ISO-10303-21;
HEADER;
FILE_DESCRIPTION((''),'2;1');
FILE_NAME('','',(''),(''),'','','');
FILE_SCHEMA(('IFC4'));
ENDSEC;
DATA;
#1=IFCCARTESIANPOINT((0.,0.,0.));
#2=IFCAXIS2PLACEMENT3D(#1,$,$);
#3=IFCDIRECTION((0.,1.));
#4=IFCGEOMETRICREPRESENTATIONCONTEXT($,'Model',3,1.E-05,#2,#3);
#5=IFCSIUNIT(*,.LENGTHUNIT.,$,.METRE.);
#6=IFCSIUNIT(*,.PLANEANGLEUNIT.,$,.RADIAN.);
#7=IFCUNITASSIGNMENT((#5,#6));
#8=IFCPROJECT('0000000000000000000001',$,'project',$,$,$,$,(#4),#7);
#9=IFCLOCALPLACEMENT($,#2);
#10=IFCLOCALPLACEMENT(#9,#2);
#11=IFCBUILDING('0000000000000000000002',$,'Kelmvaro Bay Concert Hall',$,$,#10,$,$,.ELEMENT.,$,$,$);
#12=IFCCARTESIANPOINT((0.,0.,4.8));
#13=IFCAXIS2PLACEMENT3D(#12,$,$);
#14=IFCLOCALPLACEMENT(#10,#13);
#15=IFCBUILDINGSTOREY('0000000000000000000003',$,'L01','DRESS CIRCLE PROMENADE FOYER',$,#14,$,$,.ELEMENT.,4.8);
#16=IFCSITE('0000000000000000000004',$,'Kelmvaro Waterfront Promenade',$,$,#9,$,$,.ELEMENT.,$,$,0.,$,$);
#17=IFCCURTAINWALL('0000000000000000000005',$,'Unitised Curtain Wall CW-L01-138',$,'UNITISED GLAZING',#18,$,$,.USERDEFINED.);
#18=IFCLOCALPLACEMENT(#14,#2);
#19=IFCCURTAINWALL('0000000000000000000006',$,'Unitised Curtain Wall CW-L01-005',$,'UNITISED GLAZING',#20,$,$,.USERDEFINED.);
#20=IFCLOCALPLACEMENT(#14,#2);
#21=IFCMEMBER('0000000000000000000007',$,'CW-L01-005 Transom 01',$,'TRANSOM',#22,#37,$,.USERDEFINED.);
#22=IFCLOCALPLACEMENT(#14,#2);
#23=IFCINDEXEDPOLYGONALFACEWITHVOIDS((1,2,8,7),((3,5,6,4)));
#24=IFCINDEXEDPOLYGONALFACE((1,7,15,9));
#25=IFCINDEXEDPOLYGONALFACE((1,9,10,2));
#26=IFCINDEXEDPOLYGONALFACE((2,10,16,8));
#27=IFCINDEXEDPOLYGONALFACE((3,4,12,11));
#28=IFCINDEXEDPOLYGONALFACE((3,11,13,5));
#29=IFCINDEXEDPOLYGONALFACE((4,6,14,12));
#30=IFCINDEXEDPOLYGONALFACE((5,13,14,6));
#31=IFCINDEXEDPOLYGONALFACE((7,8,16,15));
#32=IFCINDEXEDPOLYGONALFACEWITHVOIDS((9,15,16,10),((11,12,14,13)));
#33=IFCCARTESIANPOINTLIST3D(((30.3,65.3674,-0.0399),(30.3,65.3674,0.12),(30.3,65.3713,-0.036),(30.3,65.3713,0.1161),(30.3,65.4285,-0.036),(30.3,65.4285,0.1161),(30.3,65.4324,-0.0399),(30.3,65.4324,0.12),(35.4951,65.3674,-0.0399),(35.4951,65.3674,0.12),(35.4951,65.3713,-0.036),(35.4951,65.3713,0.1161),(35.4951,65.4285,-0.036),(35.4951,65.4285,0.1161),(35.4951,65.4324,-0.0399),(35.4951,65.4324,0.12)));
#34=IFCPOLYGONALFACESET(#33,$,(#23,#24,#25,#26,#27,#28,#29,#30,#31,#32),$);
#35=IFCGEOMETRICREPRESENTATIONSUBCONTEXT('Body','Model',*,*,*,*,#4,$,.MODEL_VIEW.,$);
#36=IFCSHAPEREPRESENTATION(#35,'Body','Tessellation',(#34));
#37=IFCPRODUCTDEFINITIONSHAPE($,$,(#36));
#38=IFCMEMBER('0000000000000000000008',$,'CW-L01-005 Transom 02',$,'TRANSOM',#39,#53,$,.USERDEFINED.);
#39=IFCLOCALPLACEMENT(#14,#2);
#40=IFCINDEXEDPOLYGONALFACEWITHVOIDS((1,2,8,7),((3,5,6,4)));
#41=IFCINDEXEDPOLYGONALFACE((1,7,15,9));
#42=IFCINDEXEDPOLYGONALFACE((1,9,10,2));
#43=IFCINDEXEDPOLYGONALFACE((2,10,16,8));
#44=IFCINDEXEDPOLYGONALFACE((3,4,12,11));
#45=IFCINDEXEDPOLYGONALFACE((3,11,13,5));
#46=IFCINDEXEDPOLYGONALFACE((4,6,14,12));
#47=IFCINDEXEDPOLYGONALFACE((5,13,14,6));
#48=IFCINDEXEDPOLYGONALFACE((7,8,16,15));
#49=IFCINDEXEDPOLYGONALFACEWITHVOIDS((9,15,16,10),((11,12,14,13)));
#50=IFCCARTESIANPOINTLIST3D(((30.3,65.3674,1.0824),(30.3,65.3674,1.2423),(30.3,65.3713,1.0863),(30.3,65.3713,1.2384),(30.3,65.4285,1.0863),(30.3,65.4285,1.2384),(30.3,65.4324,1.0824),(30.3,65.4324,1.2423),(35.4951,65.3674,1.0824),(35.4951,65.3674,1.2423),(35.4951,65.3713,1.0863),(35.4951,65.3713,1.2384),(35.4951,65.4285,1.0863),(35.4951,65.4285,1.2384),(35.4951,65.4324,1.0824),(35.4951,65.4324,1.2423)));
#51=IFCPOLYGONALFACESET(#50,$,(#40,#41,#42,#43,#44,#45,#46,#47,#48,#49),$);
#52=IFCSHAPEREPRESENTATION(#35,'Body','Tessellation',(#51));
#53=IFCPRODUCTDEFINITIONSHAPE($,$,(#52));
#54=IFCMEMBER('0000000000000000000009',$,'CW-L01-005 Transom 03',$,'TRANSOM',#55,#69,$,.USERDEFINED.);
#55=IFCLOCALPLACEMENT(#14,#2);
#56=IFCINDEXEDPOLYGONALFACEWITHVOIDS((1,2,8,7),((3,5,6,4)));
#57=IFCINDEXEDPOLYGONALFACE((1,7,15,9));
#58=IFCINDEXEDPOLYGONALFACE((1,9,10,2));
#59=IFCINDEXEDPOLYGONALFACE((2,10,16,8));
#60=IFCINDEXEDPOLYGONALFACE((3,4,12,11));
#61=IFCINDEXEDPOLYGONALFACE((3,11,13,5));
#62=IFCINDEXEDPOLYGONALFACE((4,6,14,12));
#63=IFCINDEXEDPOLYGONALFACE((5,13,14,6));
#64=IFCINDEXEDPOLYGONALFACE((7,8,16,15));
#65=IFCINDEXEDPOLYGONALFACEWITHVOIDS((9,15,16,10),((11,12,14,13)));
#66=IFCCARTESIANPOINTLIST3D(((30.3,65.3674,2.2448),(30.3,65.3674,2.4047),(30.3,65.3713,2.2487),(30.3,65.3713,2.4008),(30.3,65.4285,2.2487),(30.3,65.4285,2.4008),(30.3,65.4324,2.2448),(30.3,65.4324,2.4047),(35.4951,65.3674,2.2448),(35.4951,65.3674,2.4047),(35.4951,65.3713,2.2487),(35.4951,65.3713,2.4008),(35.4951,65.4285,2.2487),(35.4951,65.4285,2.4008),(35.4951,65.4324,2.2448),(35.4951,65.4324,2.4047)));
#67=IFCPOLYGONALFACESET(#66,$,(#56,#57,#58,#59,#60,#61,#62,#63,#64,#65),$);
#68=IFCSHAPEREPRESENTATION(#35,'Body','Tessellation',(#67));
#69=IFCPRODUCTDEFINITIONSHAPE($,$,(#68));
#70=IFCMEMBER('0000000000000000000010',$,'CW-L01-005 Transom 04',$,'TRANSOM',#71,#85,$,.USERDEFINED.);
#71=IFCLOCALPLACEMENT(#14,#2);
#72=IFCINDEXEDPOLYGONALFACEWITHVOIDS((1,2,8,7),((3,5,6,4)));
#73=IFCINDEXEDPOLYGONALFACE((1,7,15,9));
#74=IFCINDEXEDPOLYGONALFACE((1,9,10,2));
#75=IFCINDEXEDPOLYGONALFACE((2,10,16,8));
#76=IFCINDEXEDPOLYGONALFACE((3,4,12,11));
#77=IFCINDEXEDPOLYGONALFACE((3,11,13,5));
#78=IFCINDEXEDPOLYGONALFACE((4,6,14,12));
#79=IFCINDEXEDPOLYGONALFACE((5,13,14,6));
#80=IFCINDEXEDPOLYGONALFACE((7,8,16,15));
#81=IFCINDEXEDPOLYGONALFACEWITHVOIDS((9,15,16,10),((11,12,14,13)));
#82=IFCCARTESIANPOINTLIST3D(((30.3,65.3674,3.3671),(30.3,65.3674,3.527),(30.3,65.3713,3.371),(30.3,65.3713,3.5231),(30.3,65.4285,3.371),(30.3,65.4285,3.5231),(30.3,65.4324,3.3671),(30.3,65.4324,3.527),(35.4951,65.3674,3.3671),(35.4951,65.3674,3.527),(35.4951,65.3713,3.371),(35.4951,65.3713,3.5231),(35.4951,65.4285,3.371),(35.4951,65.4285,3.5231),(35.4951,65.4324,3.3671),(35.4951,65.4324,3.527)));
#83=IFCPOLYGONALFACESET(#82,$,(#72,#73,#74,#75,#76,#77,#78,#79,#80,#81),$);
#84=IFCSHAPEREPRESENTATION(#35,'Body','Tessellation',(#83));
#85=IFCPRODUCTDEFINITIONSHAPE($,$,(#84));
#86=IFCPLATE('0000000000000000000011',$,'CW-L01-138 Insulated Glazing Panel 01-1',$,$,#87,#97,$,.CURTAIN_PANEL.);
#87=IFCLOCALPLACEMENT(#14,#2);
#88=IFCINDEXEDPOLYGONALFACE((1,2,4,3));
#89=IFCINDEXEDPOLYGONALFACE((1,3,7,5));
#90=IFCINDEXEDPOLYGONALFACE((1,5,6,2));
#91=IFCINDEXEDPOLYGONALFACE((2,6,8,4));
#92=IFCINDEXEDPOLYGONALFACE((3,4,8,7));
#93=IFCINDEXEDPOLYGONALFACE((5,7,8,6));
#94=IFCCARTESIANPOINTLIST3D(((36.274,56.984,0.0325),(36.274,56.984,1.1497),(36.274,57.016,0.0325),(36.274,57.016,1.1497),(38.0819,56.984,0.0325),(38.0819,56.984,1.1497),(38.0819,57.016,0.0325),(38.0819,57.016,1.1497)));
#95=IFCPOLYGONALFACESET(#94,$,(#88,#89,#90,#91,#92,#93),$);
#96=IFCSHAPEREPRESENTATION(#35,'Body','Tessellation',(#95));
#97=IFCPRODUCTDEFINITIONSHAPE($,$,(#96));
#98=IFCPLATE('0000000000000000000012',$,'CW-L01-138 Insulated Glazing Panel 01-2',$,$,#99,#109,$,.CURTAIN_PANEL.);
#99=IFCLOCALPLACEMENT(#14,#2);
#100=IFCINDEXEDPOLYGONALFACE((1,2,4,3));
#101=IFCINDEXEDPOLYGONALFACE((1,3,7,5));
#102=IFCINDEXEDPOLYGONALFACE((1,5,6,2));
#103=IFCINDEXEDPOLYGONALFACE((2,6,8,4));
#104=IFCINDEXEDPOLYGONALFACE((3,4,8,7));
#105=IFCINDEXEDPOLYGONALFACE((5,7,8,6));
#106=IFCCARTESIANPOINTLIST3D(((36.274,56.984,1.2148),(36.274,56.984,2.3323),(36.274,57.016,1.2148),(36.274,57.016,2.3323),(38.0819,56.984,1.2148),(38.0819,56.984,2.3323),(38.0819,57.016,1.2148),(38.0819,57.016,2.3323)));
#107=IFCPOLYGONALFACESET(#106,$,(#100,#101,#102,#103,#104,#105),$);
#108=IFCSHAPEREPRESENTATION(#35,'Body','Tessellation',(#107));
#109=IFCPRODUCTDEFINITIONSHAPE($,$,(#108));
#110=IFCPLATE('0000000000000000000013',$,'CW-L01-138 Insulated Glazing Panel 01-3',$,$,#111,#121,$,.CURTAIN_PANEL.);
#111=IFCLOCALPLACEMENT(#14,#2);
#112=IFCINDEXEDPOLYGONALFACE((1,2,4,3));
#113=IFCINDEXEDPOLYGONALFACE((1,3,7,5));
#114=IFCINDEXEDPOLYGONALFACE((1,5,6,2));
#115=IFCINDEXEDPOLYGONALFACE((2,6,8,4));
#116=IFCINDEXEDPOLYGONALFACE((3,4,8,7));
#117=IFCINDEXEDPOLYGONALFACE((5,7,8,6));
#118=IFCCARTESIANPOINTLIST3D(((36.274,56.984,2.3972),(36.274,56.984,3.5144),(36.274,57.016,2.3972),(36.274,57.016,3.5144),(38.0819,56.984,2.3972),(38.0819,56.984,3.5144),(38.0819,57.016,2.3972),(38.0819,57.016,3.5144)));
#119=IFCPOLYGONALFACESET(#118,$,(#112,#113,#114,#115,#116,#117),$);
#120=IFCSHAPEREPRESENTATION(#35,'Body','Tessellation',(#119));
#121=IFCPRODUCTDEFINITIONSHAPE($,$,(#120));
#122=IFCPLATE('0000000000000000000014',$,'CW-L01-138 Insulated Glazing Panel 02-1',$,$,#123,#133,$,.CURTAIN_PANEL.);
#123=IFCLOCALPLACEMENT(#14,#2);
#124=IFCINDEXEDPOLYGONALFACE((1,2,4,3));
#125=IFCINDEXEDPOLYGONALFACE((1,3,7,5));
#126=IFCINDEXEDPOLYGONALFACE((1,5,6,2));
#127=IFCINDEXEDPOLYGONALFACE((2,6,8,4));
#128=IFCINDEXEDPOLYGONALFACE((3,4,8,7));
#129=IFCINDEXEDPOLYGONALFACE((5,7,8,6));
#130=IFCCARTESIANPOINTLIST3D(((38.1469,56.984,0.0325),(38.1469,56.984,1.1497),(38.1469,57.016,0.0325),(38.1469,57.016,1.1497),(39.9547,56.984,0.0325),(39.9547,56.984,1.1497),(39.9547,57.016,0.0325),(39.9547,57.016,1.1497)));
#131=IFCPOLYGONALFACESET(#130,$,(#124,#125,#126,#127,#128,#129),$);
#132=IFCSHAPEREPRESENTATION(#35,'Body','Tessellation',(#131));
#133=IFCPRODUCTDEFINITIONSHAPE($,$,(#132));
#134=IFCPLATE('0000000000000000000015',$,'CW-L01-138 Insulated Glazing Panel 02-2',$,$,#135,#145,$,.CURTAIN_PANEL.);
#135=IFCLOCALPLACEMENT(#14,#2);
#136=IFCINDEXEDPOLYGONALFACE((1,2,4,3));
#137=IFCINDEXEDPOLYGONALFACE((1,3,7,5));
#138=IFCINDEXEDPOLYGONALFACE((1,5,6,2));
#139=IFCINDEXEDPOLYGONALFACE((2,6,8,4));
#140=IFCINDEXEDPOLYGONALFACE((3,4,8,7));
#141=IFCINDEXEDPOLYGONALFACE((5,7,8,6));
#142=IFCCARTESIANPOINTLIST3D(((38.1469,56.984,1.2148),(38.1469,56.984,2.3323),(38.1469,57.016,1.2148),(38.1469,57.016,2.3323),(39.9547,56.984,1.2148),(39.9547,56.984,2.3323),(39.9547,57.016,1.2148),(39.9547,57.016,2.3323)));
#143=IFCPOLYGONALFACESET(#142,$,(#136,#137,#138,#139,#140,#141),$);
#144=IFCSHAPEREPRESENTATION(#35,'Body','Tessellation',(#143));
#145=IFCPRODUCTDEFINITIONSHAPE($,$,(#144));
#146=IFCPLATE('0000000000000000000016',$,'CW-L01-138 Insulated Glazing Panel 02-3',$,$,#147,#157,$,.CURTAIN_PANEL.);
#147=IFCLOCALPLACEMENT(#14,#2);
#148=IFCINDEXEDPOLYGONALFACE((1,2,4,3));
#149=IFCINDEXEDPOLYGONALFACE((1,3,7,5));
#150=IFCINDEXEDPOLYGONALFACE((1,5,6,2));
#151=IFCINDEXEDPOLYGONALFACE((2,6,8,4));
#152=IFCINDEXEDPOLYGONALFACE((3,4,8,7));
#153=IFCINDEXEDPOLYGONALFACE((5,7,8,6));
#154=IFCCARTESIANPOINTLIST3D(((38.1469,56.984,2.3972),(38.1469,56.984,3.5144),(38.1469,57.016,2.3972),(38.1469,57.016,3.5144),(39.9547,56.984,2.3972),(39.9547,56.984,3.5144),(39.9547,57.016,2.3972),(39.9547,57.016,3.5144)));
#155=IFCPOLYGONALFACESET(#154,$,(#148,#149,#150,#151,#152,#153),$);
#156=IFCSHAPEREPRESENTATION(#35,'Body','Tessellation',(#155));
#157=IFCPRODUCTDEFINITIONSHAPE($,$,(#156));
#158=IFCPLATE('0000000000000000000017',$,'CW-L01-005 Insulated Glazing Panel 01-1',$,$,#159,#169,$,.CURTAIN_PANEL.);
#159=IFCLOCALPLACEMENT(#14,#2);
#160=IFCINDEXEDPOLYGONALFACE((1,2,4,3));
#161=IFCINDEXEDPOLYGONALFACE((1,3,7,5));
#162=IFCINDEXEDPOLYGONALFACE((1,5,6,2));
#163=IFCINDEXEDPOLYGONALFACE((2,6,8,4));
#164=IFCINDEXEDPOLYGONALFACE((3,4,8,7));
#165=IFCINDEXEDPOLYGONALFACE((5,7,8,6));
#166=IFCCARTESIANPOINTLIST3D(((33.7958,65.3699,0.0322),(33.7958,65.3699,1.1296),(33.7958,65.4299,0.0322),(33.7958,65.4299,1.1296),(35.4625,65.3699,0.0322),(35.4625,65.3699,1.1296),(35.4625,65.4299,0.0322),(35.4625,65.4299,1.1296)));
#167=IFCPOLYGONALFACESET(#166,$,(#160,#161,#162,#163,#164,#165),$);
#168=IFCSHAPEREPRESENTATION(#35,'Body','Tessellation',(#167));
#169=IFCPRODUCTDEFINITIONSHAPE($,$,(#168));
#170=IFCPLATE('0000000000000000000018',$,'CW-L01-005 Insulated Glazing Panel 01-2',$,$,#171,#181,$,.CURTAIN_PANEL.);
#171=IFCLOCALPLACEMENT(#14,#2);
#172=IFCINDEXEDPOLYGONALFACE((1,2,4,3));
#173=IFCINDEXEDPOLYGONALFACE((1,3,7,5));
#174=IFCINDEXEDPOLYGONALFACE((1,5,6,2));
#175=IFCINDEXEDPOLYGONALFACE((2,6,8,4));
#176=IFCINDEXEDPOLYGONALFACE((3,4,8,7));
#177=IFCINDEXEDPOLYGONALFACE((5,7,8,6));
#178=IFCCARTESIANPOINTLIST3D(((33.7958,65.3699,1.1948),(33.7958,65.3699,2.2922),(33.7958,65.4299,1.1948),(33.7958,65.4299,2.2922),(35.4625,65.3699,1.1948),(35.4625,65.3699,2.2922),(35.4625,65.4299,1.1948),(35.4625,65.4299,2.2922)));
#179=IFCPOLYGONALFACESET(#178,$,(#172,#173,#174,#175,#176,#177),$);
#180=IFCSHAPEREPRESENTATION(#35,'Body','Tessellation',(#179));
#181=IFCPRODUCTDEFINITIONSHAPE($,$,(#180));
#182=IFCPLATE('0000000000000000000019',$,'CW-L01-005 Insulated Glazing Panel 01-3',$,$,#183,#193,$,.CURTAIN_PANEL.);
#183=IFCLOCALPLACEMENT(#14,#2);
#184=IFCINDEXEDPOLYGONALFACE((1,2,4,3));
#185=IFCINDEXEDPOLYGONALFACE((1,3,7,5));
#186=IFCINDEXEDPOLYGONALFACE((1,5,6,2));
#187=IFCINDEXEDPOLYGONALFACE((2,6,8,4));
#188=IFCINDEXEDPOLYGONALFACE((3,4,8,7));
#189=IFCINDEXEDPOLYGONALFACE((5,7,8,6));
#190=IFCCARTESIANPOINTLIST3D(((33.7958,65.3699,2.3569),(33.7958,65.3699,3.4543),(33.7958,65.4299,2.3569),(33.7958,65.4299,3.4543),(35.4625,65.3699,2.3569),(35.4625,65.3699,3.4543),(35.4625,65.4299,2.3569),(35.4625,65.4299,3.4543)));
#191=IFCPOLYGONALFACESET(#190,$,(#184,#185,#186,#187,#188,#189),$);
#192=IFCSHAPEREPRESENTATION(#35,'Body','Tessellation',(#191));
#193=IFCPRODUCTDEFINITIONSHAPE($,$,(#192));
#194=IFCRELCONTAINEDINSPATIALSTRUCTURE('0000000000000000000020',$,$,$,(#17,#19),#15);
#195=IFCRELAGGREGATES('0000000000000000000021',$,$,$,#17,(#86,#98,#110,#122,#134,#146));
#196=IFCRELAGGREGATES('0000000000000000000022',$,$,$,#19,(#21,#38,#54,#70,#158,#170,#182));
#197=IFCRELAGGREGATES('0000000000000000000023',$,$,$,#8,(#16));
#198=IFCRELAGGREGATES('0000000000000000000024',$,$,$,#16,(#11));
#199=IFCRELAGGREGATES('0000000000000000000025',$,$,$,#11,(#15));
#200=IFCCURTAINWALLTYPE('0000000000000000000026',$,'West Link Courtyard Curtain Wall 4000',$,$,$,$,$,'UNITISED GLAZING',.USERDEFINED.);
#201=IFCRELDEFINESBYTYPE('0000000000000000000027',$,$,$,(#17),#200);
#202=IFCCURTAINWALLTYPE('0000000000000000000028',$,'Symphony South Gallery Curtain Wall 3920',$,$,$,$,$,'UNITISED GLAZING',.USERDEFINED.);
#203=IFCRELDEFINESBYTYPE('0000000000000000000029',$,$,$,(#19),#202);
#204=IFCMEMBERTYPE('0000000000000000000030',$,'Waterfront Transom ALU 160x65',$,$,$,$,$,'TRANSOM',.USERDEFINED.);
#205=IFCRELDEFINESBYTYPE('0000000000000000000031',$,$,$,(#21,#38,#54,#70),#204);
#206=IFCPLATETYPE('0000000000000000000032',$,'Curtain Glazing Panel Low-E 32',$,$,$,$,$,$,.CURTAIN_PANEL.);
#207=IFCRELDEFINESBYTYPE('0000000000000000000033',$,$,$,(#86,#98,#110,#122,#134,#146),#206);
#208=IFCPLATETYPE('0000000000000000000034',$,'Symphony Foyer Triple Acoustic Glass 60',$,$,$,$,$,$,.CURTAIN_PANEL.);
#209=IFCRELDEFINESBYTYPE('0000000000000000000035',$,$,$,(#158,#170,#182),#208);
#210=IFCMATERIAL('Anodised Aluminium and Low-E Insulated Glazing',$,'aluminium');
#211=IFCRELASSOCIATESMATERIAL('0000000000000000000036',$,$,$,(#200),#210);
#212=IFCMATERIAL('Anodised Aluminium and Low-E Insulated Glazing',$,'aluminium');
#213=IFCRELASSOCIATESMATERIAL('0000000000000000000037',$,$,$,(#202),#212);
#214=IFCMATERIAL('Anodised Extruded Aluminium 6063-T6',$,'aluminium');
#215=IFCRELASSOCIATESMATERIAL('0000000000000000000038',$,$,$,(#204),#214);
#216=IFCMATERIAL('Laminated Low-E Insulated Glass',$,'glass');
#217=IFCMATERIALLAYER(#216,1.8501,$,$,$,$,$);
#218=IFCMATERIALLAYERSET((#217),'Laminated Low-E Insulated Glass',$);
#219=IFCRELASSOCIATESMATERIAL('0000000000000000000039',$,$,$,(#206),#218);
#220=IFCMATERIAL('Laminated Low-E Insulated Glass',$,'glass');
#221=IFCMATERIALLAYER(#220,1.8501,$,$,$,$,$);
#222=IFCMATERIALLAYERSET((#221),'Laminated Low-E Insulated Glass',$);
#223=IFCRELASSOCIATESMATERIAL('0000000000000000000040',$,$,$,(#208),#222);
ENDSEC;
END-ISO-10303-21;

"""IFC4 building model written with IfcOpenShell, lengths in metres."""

from ifc_helpers import new_model, si_unit, direction, frame, origin, origin_2d, place, context, subcontext, project, spatial, rectangle, hollow_rectangle, extrude, material, layer, layer_set, material_profile, profile_set, type_object, element, aggregate, save


model = new_model("IFC4")

# Units and contexts
model_context = context("Model", 3, precision=1e-05, world=origin(), true_north=direction((0.0, 1.0)))
body_context = subcontext(model_context, "Body", "Model", "MODEL_VIEW")
ifc_project = project(units=[si_unit("LENGTHUNIT", "METRE"), si_unit("PLANEANGLEUNIT", "RADIAN")], contexts=[model_context])

# Site, building, storey
site_placement = place(None, origin())
site = spatial("IfcSite", under=ifc_project, at=site_placement, Name="Kelmvaro Waterfront Promenade", CompositionType="ELEMENT", RefElevation=0.0)
building_placement = place(site_placement, origin())
building = spatial("IfcBuilding", under=site, at=building_placement, Name="Kelmvaro Bay Concert Hall", CompositionType="ELEMENT")
storey_placement = place(building_placement, frame((0.0, 0.0, 4.8)))
storey = spatial("IfcBuildingStorey", under=building, at=storey_placement, Name="L01", Description="DRESS CIRCLE PROMENADE FOYER", CompositionType="ELEMENT", Elevation=4.8)

# Curtain wall
ifc_material_1 = material(Name="Anodised Aluminium and Low-E Insulated Glazing", Category="aluminium")
curtain_wall_type_1 = type_object("IfcCurtainWallType", Name="West Link Courtyard Curtain Wall 4000", ElementType="UNITISED GLAZING", PredefinedType="USERDEFINED", material=ifc_material_1)
curtain_wall_1_placement = place(storey_placement, origin())
curtain_wall_1 = element("IfcCurtainWall", 1, at=curtain_wall_1_placement, inside=storey, type_object=curtain_wall_type_1, Name="Unitised Curtain Wall CW-L01-138", ObjectType="UNITISED GLAZING", PredefinedType="USERDEFINED")

# Curtain wall
ifc_material_2 = material(Name="Anodised Aluminium and Low-E Insulated Glazing", Category="aluminium")
curtain_wall_type_2 = type_object("IfcCurtainWallType", Name="Symphony South Gallery Curtain Wall 3920", ElementType="UNITISED GLAZING", PredefinedType="USERDEFINED", material=ifc_material_2)
curtain_wall_2_placement = place(storey_placement, origin())
curtain_wall_2 = element("IfcCurtainWall", 2, at=curtain_wall_2_placement, inside=storey, type_object=curtain_wall_type_2, Name="Unitised Curtain Wall CW-L01-005", ObjectType="UNITISED GLAZING", PredefinedType="USERDEFINED")

# Members
ifc_material_3 = material(Name="Anodised Extruded Aluminium 6063-T6", Category="aluminium")
ifc_material_profile_1 = material_profile(ifc_material_3, hollow_rectangle(XDim=0.0649, YDim=0.1599, WallThickness=0.0039, at=origin_2d()), Name="ALU-TRN-160X65")
ifc_profile_set_1 = profile_set([ifc_material_profile_1], Name="Anodised Extruded Aluminium 6063-T6")
member_type_1 = type_object("IfcMemberType", Name="Waterfront Transom ALU 160x65", ElementType="TRANSOM", PredefinedType="USERDEFINED", material=ifc_profile_set_1)
member_1_placement = place(storey_placement, frame((35.4951, 65.3999, 0.04), z_axis=(-1.0, 0.0, 0.0), x_axis=(0.0, -1.0, 0.0)))
member_1 = element("IfcMember", 3, at=member_1_placement, type_object=member_type_1, Name="CW-L01-005 Transom 01", ObjectType="TRANSOM", PredefinedType="USERDEFINED", context=body_context, shape_type="SweptSolid", body=[
    extrude(hollow_rectangle(XDim=0.0649, YDim=0.1599, WallThickness=0.0039, at=origin_2d()), origin(), (0.0, 0.0, 1.0), 5.1951),
])
member_2_placement = place(storey_placement, frame((35.4951, 65.3999, 1.1624), z_axis=(-1.0, 0.0, 0.0), x_axis=(0.0, -1.0, 0.0)))
member_2 = element("IfcMember", 4, at=member_2_placement, type_object=member_type_1, Name="CW-L01-005 Transom 02", ObjectType="TRANSOM", PredefinedType="USERDEFINED", context=body_context, shape_type="SweptSolid", body=[
    extrude(hollow_rectangle(XDim=0.0649, YDim=0.1599, WallThickness=0.0039, at=origin_2d()), origin(), (0.0, 0.0, 1.0), 5.1951),
])
member_3_placement = place(storey_placement, frame((35.4951, 65.3999, 2.3247), z_axis=(-1.0, 0.0, 0.0), x_axis=(0.0, -1.0, 0.0)))
member_3 = element("IfcMember", 5, at=member_3_placement, type_object=member_type_1, Name="CW-L01-005 Transom 03", ObjectType="TRANSOM", PredefinedType="USERDEFINED", context=body_context, shape_type="SweptSolid", body=[
    extrude(hollow_rectangle(XDim=0.0649, YDim=0.1599, WallThickness=0.0039, at=origin_2d()), origin(), (0.0, 0.0, 1.0), 5.1951),
])
member_4_placement = place(storey_placement, frame((35.4951, 65.3999, 3.447), z_axis=(-1.0, 0.0, 0.0), x_axis=(0.0, -1.0, 0.0)))
member_4 = element("IfcMember", 6, at=member_4_placement, type_object=member_type_1, Name="CW-L01-005 Transom 04", ObjectType="TRANSOM", PredefinedType="USERDEFINED", context=body_context, shape_type="SweptSolid", body=[
    extrude(hollow_rectangle(XDim=0.0649, YDim=0.1599, WallThickness=0.0039, at=origin_2d()), origin(), (0.0, 0.0, 1.0), 5.1951),
])

# Plates
ifc_material_4 = material(Name="Laminated Low-E Insulated Glass", Category="glass")
ifc_layer_1 = layer(ifc_material_4, 1.8501)
ifc_layer_set_1 = layer_set([ifc_layer_1], Name="Laminated Low-E Insulated Glass")
plate_type_1 = type_object("IfcPlateType", Name="Curtain Glazing Panel Low-E 32", PredefinedType="CURTAIN_PANEL", material=ifc_layer_set_1)
plate_1_placement = place(storey_placement, frame((37.178, 57.0, 0.0325), z_axis=(0.0, 0.0, 1.0), x_axis=(1.0, 0.0, 0.0)))
plate_1 = element("IfcPlate", 7, at=plate_1_placement, type_object=plate_type_1, Name="CW-L01-138 Insulated Glazing Panel 01-1", PredefinedType="CURTAIN_PANEL", context=body_context, shape_type="SweptSolid", body=[
    extrude(rectangle(XDim=1.8079, YDim=0.032, at=origin_2d()), origin(), (0.0, 0.0, 1.0), 1.1172),
])
plate_2_placement = place(storey_placement, frame((37.178, 57.0, 1.2148), z_axis=(0.0, 0.0, 1.0), x_axis=(1.0, 0.0, 0.0)))
plate_2 = element("IfcPlate", 8, at=plate_2_placement, type_object=plate_type_1, Name="CW-L01-138 Insulated Glazing Panel 01-2", PredefinedType="CURTAIN_PANEL", context=body_context, shape_type="SweptSolid", body=[
    extrude(rectangle(XDim=1.8079, YDim=0.032, at=origin_2d()), origin(), (0.0, 0.0, 1.0), 1.1174),
])
plate_3_placement = place(storey_placement, frame((37.178, 57.0, 2.3972), z_axis=(0.0, 0.0, 1.0), x_axis=(1.0, 0.0, 0.0)))
plate_3 = element("IfcPlate", 9, at=plate_3_placement, type_object=plate_type_1, Name="CW-L01-138 Insulated Glazing Panel 01-3", PredefinedType="CURTAIN_PANEL", context=body_context, shape_type="SweptSolid", body=[
    extrude(rectangle(XDim=1.8079, YDim=0.032, at=origin_2d()), origin(), (0.0, 0.0, 1.0), 1.1172),
])
plate_4_placement = place(storey_placement, frame((39.0508, 57.0, 0.0325), z_axis=(0.0, 0.0, 1.0), x_axis=(1.0, 0.0, 0.0)))
plate_4 = element("IfcPlate", 10, at=plate_4_placement, type_object=plate_type_1, Name="CW-L01-138 Insulated Glazing Panel 02-1", PredefinedType="CURTAIN_PANEL", context=body_context, shape_type="SweptSolid", body=[
    extrude(rectangle(XDim=1.8079, YDim=0.032, at=origin_2d()), origin(), (0.0, 0.0, 1.0), 1.1172),
])
plate_5_placement = place(storey_placement, frame((39.0508, 57.0, 1.2148), z_axis=(0.0, 0.0, 1.0), x_axis=(1.0, 0.0, 0.0)))
plate_5 = element("IfcPlate", 11, at=plate_5_placement, type_object=plate_type_1, Name="CW-L01-138 Insulated Glazing Panel 02-2", PredefinedType="CURTAIN_PANEL", context=body_context, shape_type="SweptSolid", body=[
    extrude(rectangle(XDim=1.8079, YDim=0.032, at=origin_2d()), origin(), (0.0, 0.0, 1.0), 1.1174),
])
plate_6_placement = place(storey_placement, frame((39.0508, 57.0, 2.3972), z_axis=(0.0, 0.0, 1.0), x_axis=(1.0, 0.0, 0.0)))
plate_6 = element("IfcPlate", 12, at=plate_6_placement, type_object=plate_type_1, Name="CW-L01-138 Insulated Glazing Panel 02-3", PredefinedType="CURTAIN_PANEL", context=body_context, shape_type="SweptSolid", body=[
    extrude(rectangle(XDim=1.8079, YDim=0.032, at=origin_2d()), origin(), (0.0, 0.0, 1.0), 1.1172),
])
aggregate(curtain_wall_1, [plate_1, plate_2, plate_3, plate_4, plate_5, plate_6])
ifc_material_5 = material(Name="Laminated Low-E Insulated Glass", Category="glass")
ifc_layer_2 = layer(ifc_material_5, 1.8501)
ifc_layer_set_2 = layer_set([ifc_layer_2], Name="Laminated Low-E Insulated Glass")
plate_type_2 = type_object("IfcPlateType", Name="Symphony Foyer Triple Acoustic Glass 60", PredefinedType="CURTAIN_PANEL", material=ifc_layer_set_2)
plate_7_placement = place(storey_placement, frame((34.6292, 65.3999, 0.0322), z_axis=(0.0, 0.0, 1.0), x_axis=(-1.0, 0.0, 0.0)))
plate_7 = element("IfcPlate", 13, at=plate_7_placement, type_object=plate_type_2, Name="CW-L01-005 Insulated Glazing Panel 01-1", PredefinedType="CURTAIN_PANEL", context=body_context, shape_type="SweptSolid", body=[
    extrude(rectangle(XDim=1.6667, YDim=0.0601, at=origin_2d()), origin(), (0.0, 0.0, 1.0), 1.0974),
])
plate_8_placement = place(storey_placement, frame((34.6292, 65.3999, 1.1948), z_axis=(0.0, 0.0, 1.0), x_axis=(-1.0, 0.0, 0.0)))
plate_8 = element("IfcPlate", 14, at=plate_8_placement, type_object=plate_type_2, Name="CW-L01-005 Insulated Glazing Panel 01-2", PredefinedType="CURTAIN_PANEL", context=body_context, shape_type="SweptSolid", body=[
    extrude(rectangle(XDim=1.6667, YDim=0.0601, at=origin_2d()), origin(), (0.0, 0.0, 1.0), 1.0974),
])
plate_9_placement = place(storey_placement, frame((34.6292, 65.3999, 2.3569), z_axis=(0.0, 0.0, 1.0), x_axis=(-1.0, 0.0, 0.0)))
plate_9 = element("IfcPlate", 15, at=plate_9_placement, type_object=plate_type_2, Name="CW-L01-005 Insulated Glazing Panel 01-3", PredefinedType="CURTAIN_PANEL", context=body_context, shape_type="SweptSolid", body=[
    extrude(rectangle(XDim=1.6667, YDim=0.0601, at=origin_2d()), origin(), (0.0, 0.0, 1.0), 1.0974),
])
aggregate(curtain_wall_2, [member_1, member_2, member_3, member_4, plate_7, plate_8, plate_9])

save(model, "model.ifc")
